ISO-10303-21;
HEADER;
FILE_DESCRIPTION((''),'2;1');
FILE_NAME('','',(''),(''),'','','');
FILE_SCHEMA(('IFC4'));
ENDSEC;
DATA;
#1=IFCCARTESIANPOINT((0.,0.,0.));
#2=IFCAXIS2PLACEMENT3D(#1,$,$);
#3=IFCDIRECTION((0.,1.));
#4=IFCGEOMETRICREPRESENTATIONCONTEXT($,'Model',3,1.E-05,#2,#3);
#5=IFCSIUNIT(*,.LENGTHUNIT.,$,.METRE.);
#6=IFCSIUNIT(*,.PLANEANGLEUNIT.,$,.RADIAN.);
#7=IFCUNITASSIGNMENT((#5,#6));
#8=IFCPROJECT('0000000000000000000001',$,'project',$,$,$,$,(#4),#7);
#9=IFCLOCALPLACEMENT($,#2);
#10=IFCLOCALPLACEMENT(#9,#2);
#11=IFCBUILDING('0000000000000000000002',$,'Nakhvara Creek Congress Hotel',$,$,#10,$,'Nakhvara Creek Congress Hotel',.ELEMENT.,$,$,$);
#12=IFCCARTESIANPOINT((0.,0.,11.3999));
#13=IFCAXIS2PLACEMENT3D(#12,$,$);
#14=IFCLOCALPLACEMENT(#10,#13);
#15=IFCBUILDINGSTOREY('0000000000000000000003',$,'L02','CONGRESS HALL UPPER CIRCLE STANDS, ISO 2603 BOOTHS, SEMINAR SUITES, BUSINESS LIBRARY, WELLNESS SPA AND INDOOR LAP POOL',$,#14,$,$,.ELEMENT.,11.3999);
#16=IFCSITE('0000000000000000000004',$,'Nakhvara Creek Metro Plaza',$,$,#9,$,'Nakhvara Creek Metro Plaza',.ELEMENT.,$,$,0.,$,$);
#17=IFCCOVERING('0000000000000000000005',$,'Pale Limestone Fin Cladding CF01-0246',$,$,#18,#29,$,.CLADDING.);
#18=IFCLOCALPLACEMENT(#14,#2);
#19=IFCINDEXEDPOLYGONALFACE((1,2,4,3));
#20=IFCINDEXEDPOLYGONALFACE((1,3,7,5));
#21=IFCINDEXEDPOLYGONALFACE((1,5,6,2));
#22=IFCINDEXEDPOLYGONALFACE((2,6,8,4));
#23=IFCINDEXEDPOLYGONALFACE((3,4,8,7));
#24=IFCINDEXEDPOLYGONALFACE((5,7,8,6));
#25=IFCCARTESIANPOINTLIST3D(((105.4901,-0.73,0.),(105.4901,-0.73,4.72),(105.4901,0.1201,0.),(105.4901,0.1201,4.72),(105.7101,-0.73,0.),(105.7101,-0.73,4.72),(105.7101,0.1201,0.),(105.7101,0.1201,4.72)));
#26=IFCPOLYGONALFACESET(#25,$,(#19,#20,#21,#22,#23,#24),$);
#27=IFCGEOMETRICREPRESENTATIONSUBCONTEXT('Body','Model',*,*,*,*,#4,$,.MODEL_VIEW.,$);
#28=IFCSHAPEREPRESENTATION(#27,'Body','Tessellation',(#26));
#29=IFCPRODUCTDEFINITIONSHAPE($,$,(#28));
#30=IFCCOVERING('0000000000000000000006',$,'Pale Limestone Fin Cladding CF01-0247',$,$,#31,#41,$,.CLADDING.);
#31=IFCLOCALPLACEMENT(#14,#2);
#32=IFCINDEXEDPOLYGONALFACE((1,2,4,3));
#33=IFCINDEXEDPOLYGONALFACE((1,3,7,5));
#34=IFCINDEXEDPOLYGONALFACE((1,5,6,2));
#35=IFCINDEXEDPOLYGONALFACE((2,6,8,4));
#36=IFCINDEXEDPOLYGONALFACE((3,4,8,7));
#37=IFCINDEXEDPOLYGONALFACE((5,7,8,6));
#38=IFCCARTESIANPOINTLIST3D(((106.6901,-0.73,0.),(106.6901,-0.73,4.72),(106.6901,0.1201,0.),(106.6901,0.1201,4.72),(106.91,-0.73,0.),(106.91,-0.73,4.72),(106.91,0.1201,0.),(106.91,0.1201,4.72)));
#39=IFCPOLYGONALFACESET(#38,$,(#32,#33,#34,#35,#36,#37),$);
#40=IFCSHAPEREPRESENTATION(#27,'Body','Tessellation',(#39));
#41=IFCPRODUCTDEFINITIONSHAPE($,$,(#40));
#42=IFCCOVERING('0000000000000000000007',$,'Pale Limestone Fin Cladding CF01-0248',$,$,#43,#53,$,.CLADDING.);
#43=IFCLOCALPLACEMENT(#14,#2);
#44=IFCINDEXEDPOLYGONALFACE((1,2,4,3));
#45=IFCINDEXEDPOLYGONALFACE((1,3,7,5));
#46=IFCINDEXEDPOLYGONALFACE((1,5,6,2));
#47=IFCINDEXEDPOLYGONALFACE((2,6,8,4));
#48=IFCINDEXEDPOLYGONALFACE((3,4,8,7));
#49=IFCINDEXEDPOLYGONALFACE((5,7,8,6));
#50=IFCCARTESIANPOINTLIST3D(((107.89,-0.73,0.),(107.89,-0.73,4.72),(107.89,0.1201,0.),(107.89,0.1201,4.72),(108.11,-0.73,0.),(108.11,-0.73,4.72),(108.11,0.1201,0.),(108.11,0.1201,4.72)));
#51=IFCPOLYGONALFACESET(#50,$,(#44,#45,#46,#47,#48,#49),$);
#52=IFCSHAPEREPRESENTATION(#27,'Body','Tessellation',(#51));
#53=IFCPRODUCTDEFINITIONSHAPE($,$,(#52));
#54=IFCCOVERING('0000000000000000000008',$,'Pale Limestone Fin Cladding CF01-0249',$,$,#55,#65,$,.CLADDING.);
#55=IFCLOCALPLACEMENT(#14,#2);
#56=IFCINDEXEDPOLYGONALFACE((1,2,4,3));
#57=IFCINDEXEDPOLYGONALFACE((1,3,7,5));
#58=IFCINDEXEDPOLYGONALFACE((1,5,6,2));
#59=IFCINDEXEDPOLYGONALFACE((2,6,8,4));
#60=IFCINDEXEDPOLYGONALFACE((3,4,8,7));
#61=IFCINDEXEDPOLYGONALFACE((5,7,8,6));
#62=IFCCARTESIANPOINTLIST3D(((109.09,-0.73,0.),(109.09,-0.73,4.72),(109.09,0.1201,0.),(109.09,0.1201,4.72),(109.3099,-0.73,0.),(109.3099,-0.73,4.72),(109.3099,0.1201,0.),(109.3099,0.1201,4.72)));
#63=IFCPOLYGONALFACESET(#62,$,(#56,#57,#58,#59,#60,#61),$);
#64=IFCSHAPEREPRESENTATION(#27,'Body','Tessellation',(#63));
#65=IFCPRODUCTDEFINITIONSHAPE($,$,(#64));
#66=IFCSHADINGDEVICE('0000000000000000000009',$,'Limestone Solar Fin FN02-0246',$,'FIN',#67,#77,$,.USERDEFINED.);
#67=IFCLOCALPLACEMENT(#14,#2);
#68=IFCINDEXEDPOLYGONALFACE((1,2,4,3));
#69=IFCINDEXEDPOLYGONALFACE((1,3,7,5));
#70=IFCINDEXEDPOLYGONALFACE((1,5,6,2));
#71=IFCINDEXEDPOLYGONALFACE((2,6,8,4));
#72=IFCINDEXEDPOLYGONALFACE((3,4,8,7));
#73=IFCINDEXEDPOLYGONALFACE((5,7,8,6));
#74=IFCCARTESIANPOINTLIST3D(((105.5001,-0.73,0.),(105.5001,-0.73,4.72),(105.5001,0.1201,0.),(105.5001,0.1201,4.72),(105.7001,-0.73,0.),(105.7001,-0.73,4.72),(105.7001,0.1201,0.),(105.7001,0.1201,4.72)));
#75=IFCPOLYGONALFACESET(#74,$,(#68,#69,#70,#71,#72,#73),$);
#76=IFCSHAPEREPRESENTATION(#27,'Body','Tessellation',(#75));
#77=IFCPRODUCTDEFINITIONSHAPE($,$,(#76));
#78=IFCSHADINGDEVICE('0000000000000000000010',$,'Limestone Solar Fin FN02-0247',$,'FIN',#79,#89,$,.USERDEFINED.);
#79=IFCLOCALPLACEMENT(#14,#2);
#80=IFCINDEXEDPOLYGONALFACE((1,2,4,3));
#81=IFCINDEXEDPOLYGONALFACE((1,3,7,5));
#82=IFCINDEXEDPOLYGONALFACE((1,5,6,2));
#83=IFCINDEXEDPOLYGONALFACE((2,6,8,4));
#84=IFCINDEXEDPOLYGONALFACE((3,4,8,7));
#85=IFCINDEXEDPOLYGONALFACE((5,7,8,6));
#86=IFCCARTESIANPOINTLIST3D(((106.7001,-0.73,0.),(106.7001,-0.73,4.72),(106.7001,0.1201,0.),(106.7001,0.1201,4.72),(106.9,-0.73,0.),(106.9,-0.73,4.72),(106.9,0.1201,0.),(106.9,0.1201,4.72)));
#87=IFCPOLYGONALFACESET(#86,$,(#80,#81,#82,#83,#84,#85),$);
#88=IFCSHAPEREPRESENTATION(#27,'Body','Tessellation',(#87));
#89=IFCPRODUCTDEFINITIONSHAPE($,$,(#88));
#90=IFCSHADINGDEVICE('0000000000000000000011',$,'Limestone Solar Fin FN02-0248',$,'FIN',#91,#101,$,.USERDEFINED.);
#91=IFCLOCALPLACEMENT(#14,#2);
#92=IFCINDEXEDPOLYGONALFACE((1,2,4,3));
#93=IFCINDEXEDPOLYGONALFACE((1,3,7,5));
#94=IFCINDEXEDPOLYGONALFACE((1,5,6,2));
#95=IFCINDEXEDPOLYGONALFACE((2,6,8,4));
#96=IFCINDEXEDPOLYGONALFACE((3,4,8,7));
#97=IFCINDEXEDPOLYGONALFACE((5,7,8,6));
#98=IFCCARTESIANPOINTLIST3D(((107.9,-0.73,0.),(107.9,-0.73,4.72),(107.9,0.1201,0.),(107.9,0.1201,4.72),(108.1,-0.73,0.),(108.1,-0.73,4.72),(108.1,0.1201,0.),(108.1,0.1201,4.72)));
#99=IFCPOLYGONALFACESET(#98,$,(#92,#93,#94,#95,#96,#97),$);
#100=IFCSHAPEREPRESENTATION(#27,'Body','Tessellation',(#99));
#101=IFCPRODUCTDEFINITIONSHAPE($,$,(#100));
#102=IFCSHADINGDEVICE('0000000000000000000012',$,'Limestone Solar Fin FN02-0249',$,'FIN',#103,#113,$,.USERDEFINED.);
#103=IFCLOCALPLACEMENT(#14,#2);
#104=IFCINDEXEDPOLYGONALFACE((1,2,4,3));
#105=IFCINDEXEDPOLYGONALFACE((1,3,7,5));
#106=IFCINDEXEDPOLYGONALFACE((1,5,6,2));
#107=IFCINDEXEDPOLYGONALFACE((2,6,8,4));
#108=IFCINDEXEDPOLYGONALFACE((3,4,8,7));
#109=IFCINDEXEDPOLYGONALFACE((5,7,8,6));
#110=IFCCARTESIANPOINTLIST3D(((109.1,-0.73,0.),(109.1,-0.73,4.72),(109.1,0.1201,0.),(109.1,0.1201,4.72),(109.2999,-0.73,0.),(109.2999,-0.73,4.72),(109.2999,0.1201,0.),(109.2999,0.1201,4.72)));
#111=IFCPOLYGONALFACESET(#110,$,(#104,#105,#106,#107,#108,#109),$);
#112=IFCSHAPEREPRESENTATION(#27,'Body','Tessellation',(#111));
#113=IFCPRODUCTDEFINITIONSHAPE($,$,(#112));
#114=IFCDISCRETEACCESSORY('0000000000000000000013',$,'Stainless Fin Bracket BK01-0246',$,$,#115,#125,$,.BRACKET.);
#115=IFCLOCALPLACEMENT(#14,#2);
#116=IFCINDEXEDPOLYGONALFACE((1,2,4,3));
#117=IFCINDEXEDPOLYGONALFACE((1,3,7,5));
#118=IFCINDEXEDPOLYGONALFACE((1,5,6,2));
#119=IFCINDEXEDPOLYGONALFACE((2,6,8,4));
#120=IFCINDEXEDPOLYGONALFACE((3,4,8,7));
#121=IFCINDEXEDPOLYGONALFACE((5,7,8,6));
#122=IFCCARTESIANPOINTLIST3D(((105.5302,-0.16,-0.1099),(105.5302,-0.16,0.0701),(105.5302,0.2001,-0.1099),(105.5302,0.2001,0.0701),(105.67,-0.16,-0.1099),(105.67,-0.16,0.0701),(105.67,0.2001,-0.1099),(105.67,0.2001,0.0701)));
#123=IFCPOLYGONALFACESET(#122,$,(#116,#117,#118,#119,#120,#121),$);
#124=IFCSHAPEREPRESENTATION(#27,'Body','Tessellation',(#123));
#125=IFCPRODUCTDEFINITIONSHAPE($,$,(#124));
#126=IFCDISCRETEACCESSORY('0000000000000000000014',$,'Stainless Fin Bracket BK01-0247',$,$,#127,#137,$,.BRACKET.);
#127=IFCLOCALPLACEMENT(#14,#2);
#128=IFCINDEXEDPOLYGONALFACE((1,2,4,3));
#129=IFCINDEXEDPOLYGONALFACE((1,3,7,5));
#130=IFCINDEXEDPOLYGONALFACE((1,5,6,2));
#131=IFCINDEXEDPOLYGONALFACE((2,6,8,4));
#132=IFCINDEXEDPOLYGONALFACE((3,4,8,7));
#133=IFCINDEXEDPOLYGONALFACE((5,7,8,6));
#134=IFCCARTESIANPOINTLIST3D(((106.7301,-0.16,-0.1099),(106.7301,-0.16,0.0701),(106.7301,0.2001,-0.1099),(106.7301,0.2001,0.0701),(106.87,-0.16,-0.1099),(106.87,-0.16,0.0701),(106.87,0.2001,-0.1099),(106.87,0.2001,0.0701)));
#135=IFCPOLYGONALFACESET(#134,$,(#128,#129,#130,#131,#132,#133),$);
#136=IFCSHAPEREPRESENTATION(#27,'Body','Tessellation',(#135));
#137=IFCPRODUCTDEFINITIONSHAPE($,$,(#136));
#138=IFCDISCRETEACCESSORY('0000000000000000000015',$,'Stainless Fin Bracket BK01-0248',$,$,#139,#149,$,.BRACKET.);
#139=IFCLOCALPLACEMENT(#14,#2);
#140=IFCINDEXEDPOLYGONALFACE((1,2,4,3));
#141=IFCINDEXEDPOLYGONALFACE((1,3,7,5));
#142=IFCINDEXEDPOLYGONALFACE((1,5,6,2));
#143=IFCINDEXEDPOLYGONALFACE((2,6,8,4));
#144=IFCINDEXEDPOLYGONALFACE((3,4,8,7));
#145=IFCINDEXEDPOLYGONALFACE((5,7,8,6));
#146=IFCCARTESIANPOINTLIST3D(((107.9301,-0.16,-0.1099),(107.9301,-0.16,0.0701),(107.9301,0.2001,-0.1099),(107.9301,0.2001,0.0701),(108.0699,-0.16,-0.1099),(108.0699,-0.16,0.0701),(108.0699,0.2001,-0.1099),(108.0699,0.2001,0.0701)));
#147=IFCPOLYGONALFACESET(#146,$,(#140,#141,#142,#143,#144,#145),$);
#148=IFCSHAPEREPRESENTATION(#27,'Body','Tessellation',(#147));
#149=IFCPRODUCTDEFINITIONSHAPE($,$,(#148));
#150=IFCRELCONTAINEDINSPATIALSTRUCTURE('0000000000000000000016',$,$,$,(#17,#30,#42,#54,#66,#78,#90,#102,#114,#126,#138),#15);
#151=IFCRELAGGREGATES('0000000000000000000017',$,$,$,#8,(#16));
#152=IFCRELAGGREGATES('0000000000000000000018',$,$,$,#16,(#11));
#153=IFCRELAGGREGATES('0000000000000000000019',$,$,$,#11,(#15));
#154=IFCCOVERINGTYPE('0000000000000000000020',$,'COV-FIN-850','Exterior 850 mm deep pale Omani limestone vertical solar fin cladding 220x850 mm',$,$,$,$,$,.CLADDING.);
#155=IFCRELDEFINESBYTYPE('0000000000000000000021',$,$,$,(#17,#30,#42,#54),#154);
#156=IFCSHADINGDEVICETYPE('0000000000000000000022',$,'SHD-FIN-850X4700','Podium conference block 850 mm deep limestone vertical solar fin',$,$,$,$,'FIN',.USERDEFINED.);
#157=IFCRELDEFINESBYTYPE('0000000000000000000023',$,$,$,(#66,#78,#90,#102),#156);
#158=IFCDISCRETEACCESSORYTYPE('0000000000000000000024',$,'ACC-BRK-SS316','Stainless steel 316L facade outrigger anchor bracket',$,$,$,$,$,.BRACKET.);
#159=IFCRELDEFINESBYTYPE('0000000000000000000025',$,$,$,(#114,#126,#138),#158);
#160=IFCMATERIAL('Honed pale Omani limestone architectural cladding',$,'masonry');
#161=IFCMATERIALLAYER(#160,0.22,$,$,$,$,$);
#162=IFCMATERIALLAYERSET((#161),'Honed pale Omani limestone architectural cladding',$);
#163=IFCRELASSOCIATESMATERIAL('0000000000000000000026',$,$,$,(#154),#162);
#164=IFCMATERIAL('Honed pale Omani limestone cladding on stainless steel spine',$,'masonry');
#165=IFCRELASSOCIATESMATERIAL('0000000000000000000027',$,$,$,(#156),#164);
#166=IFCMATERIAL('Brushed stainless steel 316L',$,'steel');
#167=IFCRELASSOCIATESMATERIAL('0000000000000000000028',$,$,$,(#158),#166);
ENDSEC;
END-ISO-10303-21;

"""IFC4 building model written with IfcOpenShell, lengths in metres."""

from ifc_helpers import new_model, si_unit, direction, frame, origin, origin_2d, place, context, subcontext, project, spatial, rectangle, extrude, material, layer, layer_set, type_object, element, save


model = new_model("IFC4")

# Units and contexts
model_context = context("Model", 3, precision=1e-05, world=origin(), true_north=direction((0.0, 1.0)))
body_context = subcontext(model_context, "Body", "Model", "MODEL_VIEW")
ifc_project = project(units=[si_unit("LENGTHUNIT", "METRE"), si_unit("PLANEANGLEUNIT", "RADIAN")], contexts=[model_context])

# Site, building, storey
site_placement = place(None, origin())
site = spatial("IfcSite", under=ifc_project, at=site_placement, Name="Nakhvara Creek Metro Plaza", LongName="Nakhvara Creek Metro Plaza", CompositionType="ELEMENT", RefElevation=0.0)
building_placement = place(site_placement, origin())
building = spatial("IfcBuilding", under=site, at=building_placement, Name="Nakhvara Creek Congress Hotel", LongName="Nakhvara Creek Congress Hotel", CompositionType="ELEMENT")
storey_placement = place(building_placement, frame((0.0, 0.0, 11.3999)))
storey = spatial("IfcBuildingStorey", under=building, at=storey_placement, Name="L02", Description="CONGRESS HALL UPPER CIRCLE STANDS, ISO 2603 BOOTHS, SEMINAR SUITES, BUSINESS LIBRARY, WELLNESS SPA AND INDOOR LAP POOL", CompositionType="ELEMENT", Elevation=11.3999)

# Coverings
ifc_material_1 = material(Name="Honed pale Omani limestone architectural cladding", Category="masonry")
ifc_layer_1 = layer(ifc_material_1, 0.22)
ifc_layer_set_1 = layer_set([ifc_layer_1], Name="Honed pale Omani limestone architectural cladding")
covering_type = type_object("IfcCoveringType", Name="COV-FIN-850", Description="Exterior 850 mm deep pale Omani limestone vertical solar fin cladding 220x850 mm", PredefinedType="CLADDING", material=ifc_layer_set_1)
for number, where, z_axis, x_axis, name in (
    (1, (105.6001, -0.3049, 0.0), (0.0, 0.0, 1.0), (1.0, 0.0, 0.0), "Pale Limestone Fin Cladding CF01-0246"),
    (2, (106.8, -0.3049, 0.0), (0.0, 0.0, 1.0), (1.0, 0.0, 0.0), "Pale Limestone Fin Cladding CF01-0247"),
    (3, (108.0, -0.3049, 0.0), (0.0, 0.0, 1.0), (1.0, 0.0, 0.0), "Pale Limestone Fin Cladding CF01-0248"),
    (4, (109.2, -0.3049, 0.0), (0.0, 0.0, 1.0), (1.0, 0.0, 0.0), "Pale Limestone Fin Cladding CF01-0249"),
):
    element("IfcCovering", number, at=place(storey_placement, frame(where, z_axis=z_axis, x_axis=x_axis)), inside=storey, type_object=covering_type, Name=name, PredefinedType="CLADDING", context=body_context, shape_type="SweptSolid", body=[
        extrude(rectangle(XDim=0.22, YDim=0.8501, at=origin_2d()), origin(), (0.0, 0.0, 1.0), 4.72),
    ])

# Shared definitions
ifc_material_2 = material(Name="Brushed stainless steel 316L", Category="steel")

# Shading devices
ifc_material_3 = material(Name="Honed pale Omani limestone cladding on stainless steel spine", Category="masonry")
shading_device_type = type_object("IfcShadingDeviceType", Name="SHD-FIN-850X4700", Description="Podium conference block 850 mm deep limestone vertical solar fin", ElementType="FIN", PredefinedType="USERDEFINED", material=ifc_material_3)
for number, where, z_axis, x_axis, name in (
    (5, (105.6001, -0.3049, 0.0), (0.0, 0.0, 1.0), (1.0, 0.0, 0.0), "Limestone Solar Fin FN02-0246"),
    (6, (106.8, -0.3049, 0.0), (0.0, 0.0, 1.0), (1.0, 0.0, 0.0), "Limestone Solar Fin FN02-0247"),
    (7, (108.0, -0.3049, 0.0), (0.0, 0.0, 1.0), (1.0, 0.0, 0.0), "Limestone Solar Fin FN02-0248"),
    (8, (109.2, -0.3049, 0.0), (0.0, 0.0, 1.0), (1.0, 0.0, 0.0), "Limestone Solar Fin FN02-0249"),
):
    element("IfcShadingDevice", number, at=place(storey_placement, frame(where, z_axis=z_axis, x_axis=x_axis)), inside=storey, type_object=shading_device_type, Name=name, ObjectType="FIN", PredefinedType="USERDEFINED", context=body_context, shape_type="SweptSolid", body=[
        extrude(rectangle(XDim=0.2, YDim=0.8501, at=origin_2d()), origin(), (0.0, 0.0, 1.0), 4.72),
    ])

# Discrete accessories
discrete_accessory_type = type_object("IfcDiscreteAccessoryType", Name="ACC-BRK-SS316", Description="Stainless steel 316L facade outrigger anchor bracket", PredefinedType="BRACKET", material=ifc_material_2)
for number, where, z_axis, x_axis, name in (
    (9, (105.6001, 0.02, -0.1099), (0.0, 0.0, 1.0), (1.0, 0.0, 0.0), "Stainless Fin Bracket BK01-0246"),
    (10, (106.8, 0.02, -0.1099), (0.0, 0.0, 1.0), (1.0, 0.0, 0.0), "Stainless Fin Bracket BK01-0247"),
    (11, (108.0, 0.02, -0.1099), (0.0, 0.0, 1.0), (1.0, 0.0, 0.0), "Stainless Fin Bracket BK01-0248"),
):
    element("IfcDiscreteAccessory", number, at=place(storey_placement, frame(where, z_axis=z_axis, x_axis=x_axis)), inside=storey, type_object=discrete_accessory_type, Name=name, PredefinedType="BRACKET", context=body_context, shape_type="SweptSolid", body=[
        extrude(rectangle(XDim=0.1399, YDim=0.3601, at=origin_2d()), origin(), (0.0, 0.0, 1.0), 0.1799),
    ])

save(model, "model.ifc")
